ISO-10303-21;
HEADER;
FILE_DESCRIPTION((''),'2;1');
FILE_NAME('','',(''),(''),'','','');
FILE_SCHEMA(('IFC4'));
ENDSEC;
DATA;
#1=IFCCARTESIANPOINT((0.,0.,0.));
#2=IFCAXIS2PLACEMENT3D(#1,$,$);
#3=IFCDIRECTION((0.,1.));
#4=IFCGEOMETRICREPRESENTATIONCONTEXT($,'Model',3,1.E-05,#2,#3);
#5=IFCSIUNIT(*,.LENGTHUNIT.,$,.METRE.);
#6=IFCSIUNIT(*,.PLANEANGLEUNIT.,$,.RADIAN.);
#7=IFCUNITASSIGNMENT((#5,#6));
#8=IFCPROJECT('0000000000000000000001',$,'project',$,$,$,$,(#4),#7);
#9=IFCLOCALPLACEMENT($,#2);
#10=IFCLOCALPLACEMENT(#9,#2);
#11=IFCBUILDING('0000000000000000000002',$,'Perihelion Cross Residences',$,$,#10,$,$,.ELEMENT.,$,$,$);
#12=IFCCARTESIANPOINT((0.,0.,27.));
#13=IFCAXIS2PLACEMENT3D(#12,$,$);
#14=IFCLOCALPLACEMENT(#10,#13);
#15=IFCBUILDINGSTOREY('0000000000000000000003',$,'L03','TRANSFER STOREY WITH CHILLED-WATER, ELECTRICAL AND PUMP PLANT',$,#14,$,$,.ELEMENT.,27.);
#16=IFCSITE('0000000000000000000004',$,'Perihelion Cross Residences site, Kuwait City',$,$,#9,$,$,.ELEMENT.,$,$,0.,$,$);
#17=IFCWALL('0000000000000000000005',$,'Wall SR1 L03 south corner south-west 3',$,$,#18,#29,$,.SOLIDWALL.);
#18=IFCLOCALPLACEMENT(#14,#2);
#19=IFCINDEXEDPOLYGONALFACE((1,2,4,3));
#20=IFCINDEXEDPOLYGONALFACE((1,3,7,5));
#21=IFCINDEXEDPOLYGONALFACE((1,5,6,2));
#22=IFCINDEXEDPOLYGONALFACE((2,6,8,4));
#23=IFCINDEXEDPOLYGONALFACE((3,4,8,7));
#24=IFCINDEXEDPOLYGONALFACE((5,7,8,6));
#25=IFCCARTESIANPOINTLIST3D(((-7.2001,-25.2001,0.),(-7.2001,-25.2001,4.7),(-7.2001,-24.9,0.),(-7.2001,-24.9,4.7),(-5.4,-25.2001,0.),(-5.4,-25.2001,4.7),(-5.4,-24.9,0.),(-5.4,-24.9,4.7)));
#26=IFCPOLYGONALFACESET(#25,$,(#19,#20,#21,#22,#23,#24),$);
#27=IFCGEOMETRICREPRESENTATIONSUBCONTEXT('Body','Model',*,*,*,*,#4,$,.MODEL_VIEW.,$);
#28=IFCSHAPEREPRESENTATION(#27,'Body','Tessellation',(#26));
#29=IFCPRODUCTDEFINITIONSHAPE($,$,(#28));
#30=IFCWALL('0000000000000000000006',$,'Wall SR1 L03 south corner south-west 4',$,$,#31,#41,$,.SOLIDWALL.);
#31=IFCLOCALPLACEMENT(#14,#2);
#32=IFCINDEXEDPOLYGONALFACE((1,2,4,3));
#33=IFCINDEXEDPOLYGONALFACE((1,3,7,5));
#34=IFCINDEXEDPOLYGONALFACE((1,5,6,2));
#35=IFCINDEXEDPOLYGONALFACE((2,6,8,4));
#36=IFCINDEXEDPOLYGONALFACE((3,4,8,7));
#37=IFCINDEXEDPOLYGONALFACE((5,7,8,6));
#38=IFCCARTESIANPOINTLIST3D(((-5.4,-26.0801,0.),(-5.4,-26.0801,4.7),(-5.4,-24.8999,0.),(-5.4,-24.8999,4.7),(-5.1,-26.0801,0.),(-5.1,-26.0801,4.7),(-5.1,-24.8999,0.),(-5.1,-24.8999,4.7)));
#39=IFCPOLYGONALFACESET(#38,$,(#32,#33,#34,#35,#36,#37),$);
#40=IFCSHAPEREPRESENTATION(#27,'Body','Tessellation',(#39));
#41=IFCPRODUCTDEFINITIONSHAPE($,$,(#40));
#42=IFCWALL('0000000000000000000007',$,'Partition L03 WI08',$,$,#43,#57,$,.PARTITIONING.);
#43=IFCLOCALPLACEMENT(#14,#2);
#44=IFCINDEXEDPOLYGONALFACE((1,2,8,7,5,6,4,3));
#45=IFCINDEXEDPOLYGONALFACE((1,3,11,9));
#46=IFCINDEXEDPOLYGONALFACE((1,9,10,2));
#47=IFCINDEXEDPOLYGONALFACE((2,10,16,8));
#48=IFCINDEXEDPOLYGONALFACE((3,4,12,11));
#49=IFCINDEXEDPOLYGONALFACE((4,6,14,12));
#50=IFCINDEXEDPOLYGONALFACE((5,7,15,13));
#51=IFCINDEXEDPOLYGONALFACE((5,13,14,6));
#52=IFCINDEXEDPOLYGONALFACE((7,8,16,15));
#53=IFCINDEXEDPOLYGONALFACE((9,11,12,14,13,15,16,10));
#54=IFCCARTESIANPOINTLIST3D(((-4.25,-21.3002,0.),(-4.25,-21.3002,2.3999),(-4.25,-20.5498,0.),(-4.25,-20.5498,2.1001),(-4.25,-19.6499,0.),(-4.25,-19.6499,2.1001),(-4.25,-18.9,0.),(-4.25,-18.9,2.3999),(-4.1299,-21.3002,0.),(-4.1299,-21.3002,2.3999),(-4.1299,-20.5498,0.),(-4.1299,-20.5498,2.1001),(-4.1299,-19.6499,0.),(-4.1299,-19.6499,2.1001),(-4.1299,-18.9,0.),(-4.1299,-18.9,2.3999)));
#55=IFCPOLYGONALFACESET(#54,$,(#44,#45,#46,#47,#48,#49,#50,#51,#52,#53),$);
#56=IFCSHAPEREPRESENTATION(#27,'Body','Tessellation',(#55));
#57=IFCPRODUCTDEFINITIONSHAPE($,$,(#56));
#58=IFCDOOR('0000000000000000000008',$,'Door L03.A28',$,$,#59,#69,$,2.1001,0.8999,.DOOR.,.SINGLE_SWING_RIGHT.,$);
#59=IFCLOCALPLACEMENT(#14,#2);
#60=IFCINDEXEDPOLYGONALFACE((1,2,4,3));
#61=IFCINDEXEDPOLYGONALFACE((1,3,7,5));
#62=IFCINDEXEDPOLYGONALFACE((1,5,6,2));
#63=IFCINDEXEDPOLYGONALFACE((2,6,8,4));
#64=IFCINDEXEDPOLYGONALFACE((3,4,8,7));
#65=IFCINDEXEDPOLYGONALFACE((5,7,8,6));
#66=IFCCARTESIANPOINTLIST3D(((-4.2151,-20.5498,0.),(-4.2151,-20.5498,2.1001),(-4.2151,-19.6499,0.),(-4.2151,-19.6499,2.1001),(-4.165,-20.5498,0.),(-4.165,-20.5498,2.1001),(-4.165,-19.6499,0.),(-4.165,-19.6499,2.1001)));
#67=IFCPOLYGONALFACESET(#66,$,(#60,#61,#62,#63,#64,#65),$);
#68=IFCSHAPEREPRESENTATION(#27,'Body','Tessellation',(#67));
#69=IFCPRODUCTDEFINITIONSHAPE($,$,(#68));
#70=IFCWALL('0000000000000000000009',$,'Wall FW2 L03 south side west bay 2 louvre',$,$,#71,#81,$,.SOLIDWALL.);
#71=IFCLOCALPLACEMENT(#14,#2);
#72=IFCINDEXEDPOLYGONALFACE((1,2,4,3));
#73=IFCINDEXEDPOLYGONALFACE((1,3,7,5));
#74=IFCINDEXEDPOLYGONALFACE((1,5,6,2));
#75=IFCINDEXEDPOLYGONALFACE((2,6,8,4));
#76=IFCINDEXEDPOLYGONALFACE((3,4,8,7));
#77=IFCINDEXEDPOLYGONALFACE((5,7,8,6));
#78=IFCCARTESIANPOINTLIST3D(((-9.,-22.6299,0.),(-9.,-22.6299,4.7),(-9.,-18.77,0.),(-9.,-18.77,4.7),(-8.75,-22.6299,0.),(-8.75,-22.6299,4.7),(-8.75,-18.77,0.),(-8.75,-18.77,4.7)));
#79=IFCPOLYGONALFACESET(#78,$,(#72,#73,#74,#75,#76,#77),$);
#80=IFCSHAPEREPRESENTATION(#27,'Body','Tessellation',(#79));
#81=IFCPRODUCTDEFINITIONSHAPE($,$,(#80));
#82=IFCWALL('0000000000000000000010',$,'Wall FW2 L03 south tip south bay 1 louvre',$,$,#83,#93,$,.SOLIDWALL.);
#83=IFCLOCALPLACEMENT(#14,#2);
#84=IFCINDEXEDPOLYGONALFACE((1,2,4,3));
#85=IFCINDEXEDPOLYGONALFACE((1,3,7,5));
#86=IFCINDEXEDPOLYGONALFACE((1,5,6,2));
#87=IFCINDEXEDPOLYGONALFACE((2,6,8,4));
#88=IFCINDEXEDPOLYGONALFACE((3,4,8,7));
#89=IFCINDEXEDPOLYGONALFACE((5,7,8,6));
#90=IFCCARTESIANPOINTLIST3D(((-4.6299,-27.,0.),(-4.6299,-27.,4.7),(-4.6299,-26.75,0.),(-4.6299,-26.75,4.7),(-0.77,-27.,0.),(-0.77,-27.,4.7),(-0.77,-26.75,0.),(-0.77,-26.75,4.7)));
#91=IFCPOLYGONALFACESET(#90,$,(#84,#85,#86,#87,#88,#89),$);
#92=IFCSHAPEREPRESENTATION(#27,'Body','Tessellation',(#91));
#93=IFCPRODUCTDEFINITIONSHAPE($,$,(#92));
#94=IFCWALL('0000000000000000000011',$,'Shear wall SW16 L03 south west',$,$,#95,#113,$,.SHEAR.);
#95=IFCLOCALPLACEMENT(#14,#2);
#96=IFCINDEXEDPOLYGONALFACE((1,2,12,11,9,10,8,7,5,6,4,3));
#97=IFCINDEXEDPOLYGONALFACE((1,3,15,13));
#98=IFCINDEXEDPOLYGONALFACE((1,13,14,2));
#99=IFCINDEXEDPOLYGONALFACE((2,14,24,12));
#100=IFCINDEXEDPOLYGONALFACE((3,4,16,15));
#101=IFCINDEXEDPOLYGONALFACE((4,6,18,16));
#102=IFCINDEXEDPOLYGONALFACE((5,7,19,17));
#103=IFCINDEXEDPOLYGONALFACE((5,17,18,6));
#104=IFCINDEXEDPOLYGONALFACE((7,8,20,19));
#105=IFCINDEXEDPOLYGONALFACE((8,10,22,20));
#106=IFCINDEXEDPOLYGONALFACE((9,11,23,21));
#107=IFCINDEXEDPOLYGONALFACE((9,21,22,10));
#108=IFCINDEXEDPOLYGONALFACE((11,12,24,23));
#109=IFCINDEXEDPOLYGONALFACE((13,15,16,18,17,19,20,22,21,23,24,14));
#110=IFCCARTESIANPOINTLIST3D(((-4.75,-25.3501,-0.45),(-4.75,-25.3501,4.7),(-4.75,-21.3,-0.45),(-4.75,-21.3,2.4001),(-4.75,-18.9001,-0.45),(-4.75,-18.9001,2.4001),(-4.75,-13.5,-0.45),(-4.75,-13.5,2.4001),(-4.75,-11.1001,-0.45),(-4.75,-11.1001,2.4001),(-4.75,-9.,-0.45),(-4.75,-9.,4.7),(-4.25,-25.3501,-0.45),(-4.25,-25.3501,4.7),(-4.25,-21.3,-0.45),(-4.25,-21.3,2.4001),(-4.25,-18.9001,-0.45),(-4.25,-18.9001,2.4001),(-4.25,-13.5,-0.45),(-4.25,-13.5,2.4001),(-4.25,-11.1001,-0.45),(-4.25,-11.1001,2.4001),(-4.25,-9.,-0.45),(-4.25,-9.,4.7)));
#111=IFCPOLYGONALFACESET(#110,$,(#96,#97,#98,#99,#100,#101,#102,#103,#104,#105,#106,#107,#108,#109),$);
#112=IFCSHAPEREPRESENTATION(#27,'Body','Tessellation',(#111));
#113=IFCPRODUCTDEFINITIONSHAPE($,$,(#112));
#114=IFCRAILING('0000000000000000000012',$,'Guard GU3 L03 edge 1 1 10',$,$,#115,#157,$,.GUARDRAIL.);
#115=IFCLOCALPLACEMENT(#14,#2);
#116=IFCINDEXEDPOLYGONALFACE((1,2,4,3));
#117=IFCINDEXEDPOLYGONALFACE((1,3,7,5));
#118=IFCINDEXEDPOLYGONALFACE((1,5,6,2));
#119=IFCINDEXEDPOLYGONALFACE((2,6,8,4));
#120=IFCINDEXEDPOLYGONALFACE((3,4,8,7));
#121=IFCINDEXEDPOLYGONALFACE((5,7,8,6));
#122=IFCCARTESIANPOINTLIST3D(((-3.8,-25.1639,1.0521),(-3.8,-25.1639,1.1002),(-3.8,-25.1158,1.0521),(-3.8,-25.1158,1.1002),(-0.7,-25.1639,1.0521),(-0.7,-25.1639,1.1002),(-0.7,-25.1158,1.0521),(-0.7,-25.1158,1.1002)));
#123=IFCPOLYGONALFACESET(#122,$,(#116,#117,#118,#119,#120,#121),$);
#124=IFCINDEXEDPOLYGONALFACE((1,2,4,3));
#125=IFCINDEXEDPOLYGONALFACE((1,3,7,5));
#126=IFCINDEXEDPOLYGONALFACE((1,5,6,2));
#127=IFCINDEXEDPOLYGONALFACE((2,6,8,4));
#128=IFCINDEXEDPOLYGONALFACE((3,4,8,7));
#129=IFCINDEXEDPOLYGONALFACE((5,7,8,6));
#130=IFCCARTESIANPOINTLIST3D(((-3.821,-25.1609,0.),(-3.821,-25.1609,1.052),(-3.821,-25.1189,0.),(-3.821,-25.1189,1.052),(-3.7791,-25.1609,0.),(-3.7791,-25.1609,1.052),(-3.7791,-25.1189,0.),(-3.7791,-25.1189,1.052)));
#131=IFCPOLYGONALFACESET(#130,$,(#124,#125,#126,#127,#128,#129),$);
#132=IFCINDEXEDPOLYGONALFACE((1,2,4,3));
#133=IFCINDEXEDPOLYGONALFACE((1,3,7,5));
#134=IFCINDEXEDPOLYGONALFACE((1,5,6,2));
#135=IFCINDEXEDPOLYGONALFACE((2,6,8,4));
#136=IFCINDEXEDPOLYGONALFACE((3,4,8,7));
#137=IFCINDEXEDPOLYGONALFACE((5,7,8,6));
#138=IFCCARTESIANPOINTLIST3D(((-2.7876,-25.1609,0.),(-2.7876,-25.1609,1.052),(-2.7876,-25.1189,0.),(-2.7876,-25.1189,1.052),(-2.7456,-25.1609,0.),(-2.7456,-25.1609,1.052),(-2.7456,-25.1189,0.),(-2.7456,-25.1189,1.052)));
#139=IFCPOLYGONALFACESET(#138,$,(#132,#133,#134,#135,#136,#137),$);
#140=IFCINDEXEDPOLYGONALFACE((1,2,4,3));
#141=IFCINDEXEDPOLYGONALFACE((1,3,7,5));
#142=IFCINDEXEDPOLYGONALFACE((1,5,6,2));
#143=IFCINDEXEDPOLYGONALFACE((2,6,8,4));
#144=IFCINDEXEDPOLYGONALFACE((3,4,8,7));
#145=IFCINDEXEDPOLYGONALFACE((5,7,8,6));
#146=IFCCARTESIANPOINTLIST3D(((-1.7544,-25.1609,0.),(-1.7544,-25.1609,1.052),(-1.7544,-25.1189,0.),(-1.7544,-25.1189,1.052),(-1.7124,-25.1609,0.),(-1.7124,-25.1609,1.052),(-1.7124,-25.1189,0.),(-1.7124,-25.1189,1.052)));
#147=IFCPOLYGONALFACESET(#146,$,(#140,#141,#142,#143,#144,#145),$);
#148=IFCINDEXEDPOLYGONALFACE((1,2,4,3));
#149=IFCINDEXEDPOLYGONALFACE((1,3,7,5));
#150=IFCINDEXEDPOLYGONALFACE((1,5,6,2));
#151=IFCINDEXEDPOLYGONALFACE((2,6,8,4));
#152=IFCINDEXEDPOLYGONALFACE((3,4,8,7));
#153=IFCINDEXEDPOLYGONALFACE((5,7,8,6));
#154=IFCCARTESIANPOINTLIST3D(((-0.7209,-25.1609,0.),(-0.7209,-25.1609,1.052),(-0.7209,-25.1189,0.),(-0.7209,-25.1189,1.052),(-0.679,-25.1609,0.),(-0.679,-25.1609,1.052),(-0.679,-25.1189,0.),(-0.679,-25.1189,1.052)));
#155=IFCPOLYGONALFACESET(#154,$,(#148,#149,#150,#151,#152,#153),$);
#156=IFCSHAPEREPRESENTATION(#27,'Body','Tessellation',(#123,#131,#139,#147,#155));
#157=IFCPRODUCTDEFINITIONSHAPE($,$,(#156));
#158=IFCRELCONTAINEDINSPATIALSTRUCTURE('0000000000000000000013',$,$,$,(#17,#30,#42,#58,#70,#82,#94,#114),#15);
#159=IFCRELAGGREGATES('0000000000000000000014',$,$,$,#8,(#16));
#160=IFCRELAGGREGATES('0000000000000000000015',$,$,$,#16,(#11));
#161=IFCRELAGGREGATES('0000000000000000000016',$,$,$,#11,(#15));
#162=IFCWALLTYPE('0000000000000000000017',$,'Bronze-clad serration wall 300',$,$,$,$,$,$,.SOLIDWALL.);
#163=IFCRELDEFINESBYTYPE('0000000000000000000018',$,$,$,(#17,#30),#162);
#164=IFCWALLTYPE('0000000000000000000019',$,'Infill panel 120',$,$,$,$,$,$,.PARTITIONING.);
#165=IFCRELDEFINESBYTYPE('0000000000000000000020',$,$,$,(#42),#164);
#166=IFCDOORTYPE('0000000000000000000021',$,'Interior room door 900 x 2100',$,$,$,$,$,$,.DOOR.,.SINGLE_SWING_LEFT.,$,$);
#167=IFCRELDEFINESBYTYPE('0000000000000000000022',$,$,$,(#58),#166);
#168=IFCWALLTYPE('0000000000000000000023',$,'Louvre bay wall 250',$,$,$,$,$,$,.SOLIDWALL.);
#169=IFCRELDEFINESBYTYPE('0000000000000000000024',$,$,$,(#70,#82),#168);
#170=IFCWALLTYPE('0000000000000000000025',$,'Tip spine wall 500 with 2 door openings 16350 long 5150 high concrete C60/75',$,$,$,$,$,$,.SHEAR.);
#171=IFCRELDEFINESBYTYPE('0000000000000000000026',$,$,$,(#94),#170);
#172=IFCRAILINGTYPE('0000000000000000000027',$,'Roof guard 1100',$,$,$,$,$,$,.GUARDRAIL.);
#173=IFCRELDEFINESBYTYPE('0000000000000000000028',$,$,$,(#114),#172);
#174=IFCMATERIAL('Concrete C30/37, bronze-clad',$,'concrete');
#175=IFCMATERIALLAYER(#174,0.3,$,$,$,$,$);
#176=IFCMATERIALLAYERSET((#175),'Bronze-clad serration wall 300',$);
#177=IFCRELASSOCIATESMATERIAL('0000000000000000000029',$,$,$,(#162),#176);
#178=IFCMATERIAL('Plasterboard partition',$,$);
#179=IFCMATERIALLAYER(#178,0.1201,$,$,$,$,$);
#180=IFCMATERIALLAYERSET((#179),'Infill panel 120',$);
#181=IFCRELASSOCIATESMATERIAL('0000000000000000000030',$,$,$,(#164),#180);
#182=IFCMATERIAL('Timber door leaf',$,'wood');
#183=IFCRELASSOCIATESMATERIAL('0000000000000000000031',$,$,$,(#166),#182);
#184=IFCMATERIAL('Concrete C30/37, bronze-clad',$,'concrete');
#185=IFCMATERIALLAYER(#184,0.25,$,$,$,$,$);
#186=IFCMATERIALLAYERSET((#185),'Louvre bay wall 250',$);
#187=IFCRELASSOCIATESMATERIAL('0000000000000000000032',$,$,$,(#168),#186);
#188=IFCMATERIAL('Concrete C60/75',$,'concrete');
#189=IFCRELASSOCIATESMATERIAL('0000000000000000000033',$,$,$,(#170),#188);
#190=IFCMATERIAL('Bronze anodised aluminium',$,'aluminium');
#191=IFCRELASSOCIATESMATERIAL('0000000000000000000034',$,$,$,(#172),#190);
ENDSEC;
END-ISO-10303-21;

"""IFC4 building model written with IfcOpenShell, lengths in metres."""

from ifc_helpers import new_model, si_unit, direction, frame, frame_2d, origin, origin_2d, place, context, subcontext, project, spatial, polyline, rectangle, outline, extrude, material, layer, layer_set, material_profile, profile_set, type_object, element, fill, save


model = new_model("IFC4")

# Units and contexts
model_context = context("Model", 3, precision=1e-05, world=origin(), true_north=direction((0.0, 1.0)))
body_context = subcontext(model_context, "Body", "Model", "MODEL_VIEW")
ifc_project = project(units=[si_unit("LENGTHUNIT", "METRE"), si_unit("PLANEANGLEUNIT", "RADIAN")], contexts=[model_context])

# Site, building, storey
site_placement = place(None, origin())
site = spatial("IfcSite", under=ifc_project, at=site_placement, Name="Perihelion Cross Residences site, Kuwait City", CompositionType="ELEMENT", RefElevation=0.0)
building_placement = place(site_placement, origin())
building = spatial("IfcBuilding", under=site, at=building_placement, Name="Perihelion Cross Residences", CompositionType="ELEMENT")
storey_placement = place(building_placement, frame((0.0, 0.0, 27.0)))
storey = spatial("IfcBuildingStorey", under=building, at=storey_placement, Name="L03", Description="TRANSFER STOREY WITH CHILLED-WATER, ELECTRICAL AND PUMP PLANT", CompositionType="ELEMENT", Elevation=27.0)

# Walls
ifc_material_1 = material(Name="Concrete C30/37, bronze-clad", Category="concrete")
ifc_layer_1 = layer(ifc_material_1, 0.3)
ifc_layer_set_1 = layer_set([ifc_layer_1], Name="Bronze-clad serration wall 300")
wall_type_1 = type_object("IfcWallType", Name="Bronze-clad serration wall 300", PredefinedType="SOLIDWALL", material=ifc_layer_set_1)
wall_1_placement = place(storey_placement, frame((-7.2, -25.05, 0.0), z_axis=(0.0, 0.0, 1.0), x_axis=(1.0, 0.0, 0.0)))
element("IfcWall", 1, at=wall_1_placement, inside=storey, type_object=wall_type_1, Name="Wall SR1 L03 south corner south-west 3", PredefinedType="SOLIDWALL", context=body_context, shape_type="SweptSolid", body=[
    extrude(rectangle(XDim=1.8, YDim=0.3, at=frame_2d((0.8999, 0.0))), origin(), (0.0, 0.0, 1.0), 4.7),
])
wall_2_placement = place(storey_placement, frame((-5.25, -24.8999, 0.0), z_axis=(0.0, 0.0, 1.0), x_axis=(0.0, -1.0, 0.0)))
element("IfcWall", 2, at=wall_2_placement, inside=storey, type_object=wall_type_1, Name="Wall SR1 L03 south corner south-west 4", PredefinedType="SOLIDWALL", context=body_context, shape_type="SweptSolid", body=[
    extrude(rectangle(XDim=1.1802, YDim=0.3, at=frame_2d((0.5901, 0.0))), origin(), (0.0, 0.0, 1.0), 4.7),
])

# Wall, opening, door
ifc_material_2 = material(Name="Plasterboard partition")
ifc_layer_2 = layer(ifc_material_2, 0.1201)
ifc_layer_set_2 = layer_set([ifc_layer_2], Name="Infill panel 120")
wall_type_2 = type_object("IfcWallType", Name="Infill panel 120", PredefinedType="PARTITIONING", material=ifc_layer_set_2)
wall_3_placement = place(storey_placement, frame((-4.1899, -18.8999, 0.0), z_axis=(0.0, 0.0, 1.0), x_axis=(0.0, -1.0, 0.0)))
wall_3 = element("IfcWall", 3, at=wall_3_placement, inside=storey, type_object=wall_type_2, Name="Partition L03 WI08", PredefinedType="PARTITIONING", context=body_context, shape_type="SweptSolid", body=[
    extrude(rectangle(XDim=2.4001, YDim=0.1201, at=frame_2d((1.2002, 0.0))), origin(), (0.0, 0.0, 1.0), 2.3999),
])
opening_placement = place(wall_3_placement, frame((0.75, 0.0, 0.0)))
opening = element("IfcOpeningElement", 4, at=opening_placement, cuts=wall_3, PredefinedType="OPENING", context=body_context, shape_type="SweptSolid", body=[
    extrude(rectangle(XDim=0.8999, YDim=2.1001, at=frame_2d((0.45, 1.05))), frame((0.0, 0.0701, 0.0), z_axis=(0.0, -1.0, 0.0), x_axis=(1.0, 0.0, 0.0)), (0.0, 0.0, 1.0), 0.1401),
])
ifc_material_3 = material(Name="Timber door leaf", Category="wood")
door_type = type_object("IfcDoorType", Name="Interior room door 900 x 2100", OperationType="SINGLE_SWING_LEFT", PredefinedType="DOOR", material=ifc_material_3)
door_placement = place(opening_placement, origin())
door = element("IfcDoor", 5, at=door_placement, inside=storey, type_object=door_type, Name="Door L03.A28", OperationType="SINGLE_SWING_RIGHT", OverallHeight=2.1001, OverallWidth=0.8999, PredefinedType="DOOR", context=body_context, shape_type="SweptSolid", body=[
    extrude(rectangle(XDim=0.8999, YDim=2.1001, at=frame_2d((0.45, 1.05))), frame((0.0, 0.0249, 0.0), z_axis=(0.0, -1.0, 0.0), x_axis=(1.0, 0.0, 0.0)), (0.0, 0.0, 1.0), 0.05),
])
fill(opening, door)

# Walls
ifc_material_4 = material(Name="Concrete C30/37, bronze-clad", Category="concrete")
ifc_layer_3 = layer(ifc_material_4, 0.25)
ifc_layer_set_3 = layer_set([ifc_layer_3], Name="Louvre bay wall 250")
wall_type_3 = type_object("IfcWallType", Name="Louvre bay wall 250", PredefinedType="SOLIDWALL", material=ifc_layer_set_3)
for number, where, z_axis, x_axis, name in (
    (6, (-8.875, -18.77, 0.0), (0.0, 0.0, 1.0), (0.0, -1.0, 0.0), "Wall FW2 L03 south side west bay 2 louvre"),
    (7, (-4.6299, -26.875, 0.0), (0.0, 0.0, 1.0), (1.0, 0.0, 0.0), "Wall FW2 L03 south tip south bay 1 louvre"),
):
    element("IfcWall", number, at=place(storey_placement, frame(where, z_axis=z_axis, x_axis=x_axis)), inside=storey, type_object=wall_type_3, Name=name, PredefinedType="SOLIDWALL", context=body_context, shape_type="SweptSolid", body=[
        extrude(rectangle(XDim=3.8599, YDim=0.25, at=frame_2d((1.9299, 0.0))), origin(), (0.0, 0.0, 1.0), 4.7),
    ])
ifc_material_5 = material(Name="Concrete C60/75", Category="concrete")
ifc_material_profile_1 = material_profile(ifc_material_5, outline(polyline([(0.0, 0.0), (4.05, 0.0), (4.05, 2.8501), (6.45, 2.8501), (6.45, 0.0), (11.8501, 0.0), (11.8501, 2.8501), (14.25, 2.8501), (14.25, 0.0), (16.3501, 0.0), (16.3501, 5.1499), (0.0, 5.1499), (0.0, 0.0)])), Name="Tip spine wall")
ifc_profile_set_1 = profile_set([ifc_material_profile_1], Name="Concrete C60/75")
wall_type_4 = type_object("IfcWallType", Name="Tip spine wall 500 with 2 door openings 16350 long 5150 high concrete C60/75", PredefinedType="SHEAR", material=ifc_profile_set_1)
wall_4_placement = place(storey_placement, frame((-4.75, -25.3501, -0.45), z_axis=(1.0, 0.0, 0.0), x_axis=(0.0, 1.0, 0.0)))
element("IfcWall", 8, at=wall_4_placement, inside=storey, type_object=wall_type_4, Name="Shear wall SW16 L03 south west", PredefinedType="SHEAR", context=body_context, shape_type="SweptSolid", body=[
    extrude(outline(polyline([(0.0, 0.0), (4.05, 0.0), (4.05, 2.8501), (6.45, 2.8501), (6.45, 0.0), (11.8501, 0.0), (11.8501, 2.8501), (14.25, 2.8501), (14.25, 0.0), (16.3501, 0.0), (16.3501, 5.1499), (0.0, 5.1499), (0.0, 0.0)])), origin(), (0.0, 0.0, 1.0), 0.5),
])

# Railing
ifc_material_6 = material(Name="Bronze anodised aluminium", Category="aluminium")
railing_type = type_object("IfcRailingType", Name="Roof guard 1100", PredefinedType="GUARDRAIL", material=ifc_material_6)
railing_placement = place(storey_placement, frame((-3.8, -25.1399, 0.0)))
element("IfcRailing", 9, at=railing_placement, inside=storey, type_object=railing_type, Name="Guard GU3 L03 edge 1 1 10", PredefinedType="GUARDRAIL", context=body_context, shape_type="SweptSolid", body=[
    extrude(rectangle(XDim=0.0481, YDim=0.0481, at=origin_2d()), frame((0.0, 0.0, 1.0762), z_axis=(1.0, 0.0, 0.0), x_axis=(0.0, 1.0, 0.0)), (0.0, 0.0, 1.0), 3.1001),
    extrude(rectangle(XDim=0.042, YDim=0.042, at=origin_2d()), origin(), (0.0, 0.0, 1.0), 1.052),
    extrude(rectangle(XDim=0.042, YDim=0.042, at=origin_2d()), frame((1.0334, 0.0, 0.0)), (0.0, 0.0, 1.0), 1.052),
    extrude(rectangle(XDim=0.042, YDim=0.042, at=origin_2d()), frame((2.0667, 0.0, 0.0)), (0.0, 0.0, 1.0), 1.052),
    extrude(rectangle(XDim=0.042, YDim=0.042, at=origin_2d()), frame((3.1001, 0.0, 0.0)), (0.0, 0.0, 1.0), 1.052),
])

save(model, "model.ifc")
